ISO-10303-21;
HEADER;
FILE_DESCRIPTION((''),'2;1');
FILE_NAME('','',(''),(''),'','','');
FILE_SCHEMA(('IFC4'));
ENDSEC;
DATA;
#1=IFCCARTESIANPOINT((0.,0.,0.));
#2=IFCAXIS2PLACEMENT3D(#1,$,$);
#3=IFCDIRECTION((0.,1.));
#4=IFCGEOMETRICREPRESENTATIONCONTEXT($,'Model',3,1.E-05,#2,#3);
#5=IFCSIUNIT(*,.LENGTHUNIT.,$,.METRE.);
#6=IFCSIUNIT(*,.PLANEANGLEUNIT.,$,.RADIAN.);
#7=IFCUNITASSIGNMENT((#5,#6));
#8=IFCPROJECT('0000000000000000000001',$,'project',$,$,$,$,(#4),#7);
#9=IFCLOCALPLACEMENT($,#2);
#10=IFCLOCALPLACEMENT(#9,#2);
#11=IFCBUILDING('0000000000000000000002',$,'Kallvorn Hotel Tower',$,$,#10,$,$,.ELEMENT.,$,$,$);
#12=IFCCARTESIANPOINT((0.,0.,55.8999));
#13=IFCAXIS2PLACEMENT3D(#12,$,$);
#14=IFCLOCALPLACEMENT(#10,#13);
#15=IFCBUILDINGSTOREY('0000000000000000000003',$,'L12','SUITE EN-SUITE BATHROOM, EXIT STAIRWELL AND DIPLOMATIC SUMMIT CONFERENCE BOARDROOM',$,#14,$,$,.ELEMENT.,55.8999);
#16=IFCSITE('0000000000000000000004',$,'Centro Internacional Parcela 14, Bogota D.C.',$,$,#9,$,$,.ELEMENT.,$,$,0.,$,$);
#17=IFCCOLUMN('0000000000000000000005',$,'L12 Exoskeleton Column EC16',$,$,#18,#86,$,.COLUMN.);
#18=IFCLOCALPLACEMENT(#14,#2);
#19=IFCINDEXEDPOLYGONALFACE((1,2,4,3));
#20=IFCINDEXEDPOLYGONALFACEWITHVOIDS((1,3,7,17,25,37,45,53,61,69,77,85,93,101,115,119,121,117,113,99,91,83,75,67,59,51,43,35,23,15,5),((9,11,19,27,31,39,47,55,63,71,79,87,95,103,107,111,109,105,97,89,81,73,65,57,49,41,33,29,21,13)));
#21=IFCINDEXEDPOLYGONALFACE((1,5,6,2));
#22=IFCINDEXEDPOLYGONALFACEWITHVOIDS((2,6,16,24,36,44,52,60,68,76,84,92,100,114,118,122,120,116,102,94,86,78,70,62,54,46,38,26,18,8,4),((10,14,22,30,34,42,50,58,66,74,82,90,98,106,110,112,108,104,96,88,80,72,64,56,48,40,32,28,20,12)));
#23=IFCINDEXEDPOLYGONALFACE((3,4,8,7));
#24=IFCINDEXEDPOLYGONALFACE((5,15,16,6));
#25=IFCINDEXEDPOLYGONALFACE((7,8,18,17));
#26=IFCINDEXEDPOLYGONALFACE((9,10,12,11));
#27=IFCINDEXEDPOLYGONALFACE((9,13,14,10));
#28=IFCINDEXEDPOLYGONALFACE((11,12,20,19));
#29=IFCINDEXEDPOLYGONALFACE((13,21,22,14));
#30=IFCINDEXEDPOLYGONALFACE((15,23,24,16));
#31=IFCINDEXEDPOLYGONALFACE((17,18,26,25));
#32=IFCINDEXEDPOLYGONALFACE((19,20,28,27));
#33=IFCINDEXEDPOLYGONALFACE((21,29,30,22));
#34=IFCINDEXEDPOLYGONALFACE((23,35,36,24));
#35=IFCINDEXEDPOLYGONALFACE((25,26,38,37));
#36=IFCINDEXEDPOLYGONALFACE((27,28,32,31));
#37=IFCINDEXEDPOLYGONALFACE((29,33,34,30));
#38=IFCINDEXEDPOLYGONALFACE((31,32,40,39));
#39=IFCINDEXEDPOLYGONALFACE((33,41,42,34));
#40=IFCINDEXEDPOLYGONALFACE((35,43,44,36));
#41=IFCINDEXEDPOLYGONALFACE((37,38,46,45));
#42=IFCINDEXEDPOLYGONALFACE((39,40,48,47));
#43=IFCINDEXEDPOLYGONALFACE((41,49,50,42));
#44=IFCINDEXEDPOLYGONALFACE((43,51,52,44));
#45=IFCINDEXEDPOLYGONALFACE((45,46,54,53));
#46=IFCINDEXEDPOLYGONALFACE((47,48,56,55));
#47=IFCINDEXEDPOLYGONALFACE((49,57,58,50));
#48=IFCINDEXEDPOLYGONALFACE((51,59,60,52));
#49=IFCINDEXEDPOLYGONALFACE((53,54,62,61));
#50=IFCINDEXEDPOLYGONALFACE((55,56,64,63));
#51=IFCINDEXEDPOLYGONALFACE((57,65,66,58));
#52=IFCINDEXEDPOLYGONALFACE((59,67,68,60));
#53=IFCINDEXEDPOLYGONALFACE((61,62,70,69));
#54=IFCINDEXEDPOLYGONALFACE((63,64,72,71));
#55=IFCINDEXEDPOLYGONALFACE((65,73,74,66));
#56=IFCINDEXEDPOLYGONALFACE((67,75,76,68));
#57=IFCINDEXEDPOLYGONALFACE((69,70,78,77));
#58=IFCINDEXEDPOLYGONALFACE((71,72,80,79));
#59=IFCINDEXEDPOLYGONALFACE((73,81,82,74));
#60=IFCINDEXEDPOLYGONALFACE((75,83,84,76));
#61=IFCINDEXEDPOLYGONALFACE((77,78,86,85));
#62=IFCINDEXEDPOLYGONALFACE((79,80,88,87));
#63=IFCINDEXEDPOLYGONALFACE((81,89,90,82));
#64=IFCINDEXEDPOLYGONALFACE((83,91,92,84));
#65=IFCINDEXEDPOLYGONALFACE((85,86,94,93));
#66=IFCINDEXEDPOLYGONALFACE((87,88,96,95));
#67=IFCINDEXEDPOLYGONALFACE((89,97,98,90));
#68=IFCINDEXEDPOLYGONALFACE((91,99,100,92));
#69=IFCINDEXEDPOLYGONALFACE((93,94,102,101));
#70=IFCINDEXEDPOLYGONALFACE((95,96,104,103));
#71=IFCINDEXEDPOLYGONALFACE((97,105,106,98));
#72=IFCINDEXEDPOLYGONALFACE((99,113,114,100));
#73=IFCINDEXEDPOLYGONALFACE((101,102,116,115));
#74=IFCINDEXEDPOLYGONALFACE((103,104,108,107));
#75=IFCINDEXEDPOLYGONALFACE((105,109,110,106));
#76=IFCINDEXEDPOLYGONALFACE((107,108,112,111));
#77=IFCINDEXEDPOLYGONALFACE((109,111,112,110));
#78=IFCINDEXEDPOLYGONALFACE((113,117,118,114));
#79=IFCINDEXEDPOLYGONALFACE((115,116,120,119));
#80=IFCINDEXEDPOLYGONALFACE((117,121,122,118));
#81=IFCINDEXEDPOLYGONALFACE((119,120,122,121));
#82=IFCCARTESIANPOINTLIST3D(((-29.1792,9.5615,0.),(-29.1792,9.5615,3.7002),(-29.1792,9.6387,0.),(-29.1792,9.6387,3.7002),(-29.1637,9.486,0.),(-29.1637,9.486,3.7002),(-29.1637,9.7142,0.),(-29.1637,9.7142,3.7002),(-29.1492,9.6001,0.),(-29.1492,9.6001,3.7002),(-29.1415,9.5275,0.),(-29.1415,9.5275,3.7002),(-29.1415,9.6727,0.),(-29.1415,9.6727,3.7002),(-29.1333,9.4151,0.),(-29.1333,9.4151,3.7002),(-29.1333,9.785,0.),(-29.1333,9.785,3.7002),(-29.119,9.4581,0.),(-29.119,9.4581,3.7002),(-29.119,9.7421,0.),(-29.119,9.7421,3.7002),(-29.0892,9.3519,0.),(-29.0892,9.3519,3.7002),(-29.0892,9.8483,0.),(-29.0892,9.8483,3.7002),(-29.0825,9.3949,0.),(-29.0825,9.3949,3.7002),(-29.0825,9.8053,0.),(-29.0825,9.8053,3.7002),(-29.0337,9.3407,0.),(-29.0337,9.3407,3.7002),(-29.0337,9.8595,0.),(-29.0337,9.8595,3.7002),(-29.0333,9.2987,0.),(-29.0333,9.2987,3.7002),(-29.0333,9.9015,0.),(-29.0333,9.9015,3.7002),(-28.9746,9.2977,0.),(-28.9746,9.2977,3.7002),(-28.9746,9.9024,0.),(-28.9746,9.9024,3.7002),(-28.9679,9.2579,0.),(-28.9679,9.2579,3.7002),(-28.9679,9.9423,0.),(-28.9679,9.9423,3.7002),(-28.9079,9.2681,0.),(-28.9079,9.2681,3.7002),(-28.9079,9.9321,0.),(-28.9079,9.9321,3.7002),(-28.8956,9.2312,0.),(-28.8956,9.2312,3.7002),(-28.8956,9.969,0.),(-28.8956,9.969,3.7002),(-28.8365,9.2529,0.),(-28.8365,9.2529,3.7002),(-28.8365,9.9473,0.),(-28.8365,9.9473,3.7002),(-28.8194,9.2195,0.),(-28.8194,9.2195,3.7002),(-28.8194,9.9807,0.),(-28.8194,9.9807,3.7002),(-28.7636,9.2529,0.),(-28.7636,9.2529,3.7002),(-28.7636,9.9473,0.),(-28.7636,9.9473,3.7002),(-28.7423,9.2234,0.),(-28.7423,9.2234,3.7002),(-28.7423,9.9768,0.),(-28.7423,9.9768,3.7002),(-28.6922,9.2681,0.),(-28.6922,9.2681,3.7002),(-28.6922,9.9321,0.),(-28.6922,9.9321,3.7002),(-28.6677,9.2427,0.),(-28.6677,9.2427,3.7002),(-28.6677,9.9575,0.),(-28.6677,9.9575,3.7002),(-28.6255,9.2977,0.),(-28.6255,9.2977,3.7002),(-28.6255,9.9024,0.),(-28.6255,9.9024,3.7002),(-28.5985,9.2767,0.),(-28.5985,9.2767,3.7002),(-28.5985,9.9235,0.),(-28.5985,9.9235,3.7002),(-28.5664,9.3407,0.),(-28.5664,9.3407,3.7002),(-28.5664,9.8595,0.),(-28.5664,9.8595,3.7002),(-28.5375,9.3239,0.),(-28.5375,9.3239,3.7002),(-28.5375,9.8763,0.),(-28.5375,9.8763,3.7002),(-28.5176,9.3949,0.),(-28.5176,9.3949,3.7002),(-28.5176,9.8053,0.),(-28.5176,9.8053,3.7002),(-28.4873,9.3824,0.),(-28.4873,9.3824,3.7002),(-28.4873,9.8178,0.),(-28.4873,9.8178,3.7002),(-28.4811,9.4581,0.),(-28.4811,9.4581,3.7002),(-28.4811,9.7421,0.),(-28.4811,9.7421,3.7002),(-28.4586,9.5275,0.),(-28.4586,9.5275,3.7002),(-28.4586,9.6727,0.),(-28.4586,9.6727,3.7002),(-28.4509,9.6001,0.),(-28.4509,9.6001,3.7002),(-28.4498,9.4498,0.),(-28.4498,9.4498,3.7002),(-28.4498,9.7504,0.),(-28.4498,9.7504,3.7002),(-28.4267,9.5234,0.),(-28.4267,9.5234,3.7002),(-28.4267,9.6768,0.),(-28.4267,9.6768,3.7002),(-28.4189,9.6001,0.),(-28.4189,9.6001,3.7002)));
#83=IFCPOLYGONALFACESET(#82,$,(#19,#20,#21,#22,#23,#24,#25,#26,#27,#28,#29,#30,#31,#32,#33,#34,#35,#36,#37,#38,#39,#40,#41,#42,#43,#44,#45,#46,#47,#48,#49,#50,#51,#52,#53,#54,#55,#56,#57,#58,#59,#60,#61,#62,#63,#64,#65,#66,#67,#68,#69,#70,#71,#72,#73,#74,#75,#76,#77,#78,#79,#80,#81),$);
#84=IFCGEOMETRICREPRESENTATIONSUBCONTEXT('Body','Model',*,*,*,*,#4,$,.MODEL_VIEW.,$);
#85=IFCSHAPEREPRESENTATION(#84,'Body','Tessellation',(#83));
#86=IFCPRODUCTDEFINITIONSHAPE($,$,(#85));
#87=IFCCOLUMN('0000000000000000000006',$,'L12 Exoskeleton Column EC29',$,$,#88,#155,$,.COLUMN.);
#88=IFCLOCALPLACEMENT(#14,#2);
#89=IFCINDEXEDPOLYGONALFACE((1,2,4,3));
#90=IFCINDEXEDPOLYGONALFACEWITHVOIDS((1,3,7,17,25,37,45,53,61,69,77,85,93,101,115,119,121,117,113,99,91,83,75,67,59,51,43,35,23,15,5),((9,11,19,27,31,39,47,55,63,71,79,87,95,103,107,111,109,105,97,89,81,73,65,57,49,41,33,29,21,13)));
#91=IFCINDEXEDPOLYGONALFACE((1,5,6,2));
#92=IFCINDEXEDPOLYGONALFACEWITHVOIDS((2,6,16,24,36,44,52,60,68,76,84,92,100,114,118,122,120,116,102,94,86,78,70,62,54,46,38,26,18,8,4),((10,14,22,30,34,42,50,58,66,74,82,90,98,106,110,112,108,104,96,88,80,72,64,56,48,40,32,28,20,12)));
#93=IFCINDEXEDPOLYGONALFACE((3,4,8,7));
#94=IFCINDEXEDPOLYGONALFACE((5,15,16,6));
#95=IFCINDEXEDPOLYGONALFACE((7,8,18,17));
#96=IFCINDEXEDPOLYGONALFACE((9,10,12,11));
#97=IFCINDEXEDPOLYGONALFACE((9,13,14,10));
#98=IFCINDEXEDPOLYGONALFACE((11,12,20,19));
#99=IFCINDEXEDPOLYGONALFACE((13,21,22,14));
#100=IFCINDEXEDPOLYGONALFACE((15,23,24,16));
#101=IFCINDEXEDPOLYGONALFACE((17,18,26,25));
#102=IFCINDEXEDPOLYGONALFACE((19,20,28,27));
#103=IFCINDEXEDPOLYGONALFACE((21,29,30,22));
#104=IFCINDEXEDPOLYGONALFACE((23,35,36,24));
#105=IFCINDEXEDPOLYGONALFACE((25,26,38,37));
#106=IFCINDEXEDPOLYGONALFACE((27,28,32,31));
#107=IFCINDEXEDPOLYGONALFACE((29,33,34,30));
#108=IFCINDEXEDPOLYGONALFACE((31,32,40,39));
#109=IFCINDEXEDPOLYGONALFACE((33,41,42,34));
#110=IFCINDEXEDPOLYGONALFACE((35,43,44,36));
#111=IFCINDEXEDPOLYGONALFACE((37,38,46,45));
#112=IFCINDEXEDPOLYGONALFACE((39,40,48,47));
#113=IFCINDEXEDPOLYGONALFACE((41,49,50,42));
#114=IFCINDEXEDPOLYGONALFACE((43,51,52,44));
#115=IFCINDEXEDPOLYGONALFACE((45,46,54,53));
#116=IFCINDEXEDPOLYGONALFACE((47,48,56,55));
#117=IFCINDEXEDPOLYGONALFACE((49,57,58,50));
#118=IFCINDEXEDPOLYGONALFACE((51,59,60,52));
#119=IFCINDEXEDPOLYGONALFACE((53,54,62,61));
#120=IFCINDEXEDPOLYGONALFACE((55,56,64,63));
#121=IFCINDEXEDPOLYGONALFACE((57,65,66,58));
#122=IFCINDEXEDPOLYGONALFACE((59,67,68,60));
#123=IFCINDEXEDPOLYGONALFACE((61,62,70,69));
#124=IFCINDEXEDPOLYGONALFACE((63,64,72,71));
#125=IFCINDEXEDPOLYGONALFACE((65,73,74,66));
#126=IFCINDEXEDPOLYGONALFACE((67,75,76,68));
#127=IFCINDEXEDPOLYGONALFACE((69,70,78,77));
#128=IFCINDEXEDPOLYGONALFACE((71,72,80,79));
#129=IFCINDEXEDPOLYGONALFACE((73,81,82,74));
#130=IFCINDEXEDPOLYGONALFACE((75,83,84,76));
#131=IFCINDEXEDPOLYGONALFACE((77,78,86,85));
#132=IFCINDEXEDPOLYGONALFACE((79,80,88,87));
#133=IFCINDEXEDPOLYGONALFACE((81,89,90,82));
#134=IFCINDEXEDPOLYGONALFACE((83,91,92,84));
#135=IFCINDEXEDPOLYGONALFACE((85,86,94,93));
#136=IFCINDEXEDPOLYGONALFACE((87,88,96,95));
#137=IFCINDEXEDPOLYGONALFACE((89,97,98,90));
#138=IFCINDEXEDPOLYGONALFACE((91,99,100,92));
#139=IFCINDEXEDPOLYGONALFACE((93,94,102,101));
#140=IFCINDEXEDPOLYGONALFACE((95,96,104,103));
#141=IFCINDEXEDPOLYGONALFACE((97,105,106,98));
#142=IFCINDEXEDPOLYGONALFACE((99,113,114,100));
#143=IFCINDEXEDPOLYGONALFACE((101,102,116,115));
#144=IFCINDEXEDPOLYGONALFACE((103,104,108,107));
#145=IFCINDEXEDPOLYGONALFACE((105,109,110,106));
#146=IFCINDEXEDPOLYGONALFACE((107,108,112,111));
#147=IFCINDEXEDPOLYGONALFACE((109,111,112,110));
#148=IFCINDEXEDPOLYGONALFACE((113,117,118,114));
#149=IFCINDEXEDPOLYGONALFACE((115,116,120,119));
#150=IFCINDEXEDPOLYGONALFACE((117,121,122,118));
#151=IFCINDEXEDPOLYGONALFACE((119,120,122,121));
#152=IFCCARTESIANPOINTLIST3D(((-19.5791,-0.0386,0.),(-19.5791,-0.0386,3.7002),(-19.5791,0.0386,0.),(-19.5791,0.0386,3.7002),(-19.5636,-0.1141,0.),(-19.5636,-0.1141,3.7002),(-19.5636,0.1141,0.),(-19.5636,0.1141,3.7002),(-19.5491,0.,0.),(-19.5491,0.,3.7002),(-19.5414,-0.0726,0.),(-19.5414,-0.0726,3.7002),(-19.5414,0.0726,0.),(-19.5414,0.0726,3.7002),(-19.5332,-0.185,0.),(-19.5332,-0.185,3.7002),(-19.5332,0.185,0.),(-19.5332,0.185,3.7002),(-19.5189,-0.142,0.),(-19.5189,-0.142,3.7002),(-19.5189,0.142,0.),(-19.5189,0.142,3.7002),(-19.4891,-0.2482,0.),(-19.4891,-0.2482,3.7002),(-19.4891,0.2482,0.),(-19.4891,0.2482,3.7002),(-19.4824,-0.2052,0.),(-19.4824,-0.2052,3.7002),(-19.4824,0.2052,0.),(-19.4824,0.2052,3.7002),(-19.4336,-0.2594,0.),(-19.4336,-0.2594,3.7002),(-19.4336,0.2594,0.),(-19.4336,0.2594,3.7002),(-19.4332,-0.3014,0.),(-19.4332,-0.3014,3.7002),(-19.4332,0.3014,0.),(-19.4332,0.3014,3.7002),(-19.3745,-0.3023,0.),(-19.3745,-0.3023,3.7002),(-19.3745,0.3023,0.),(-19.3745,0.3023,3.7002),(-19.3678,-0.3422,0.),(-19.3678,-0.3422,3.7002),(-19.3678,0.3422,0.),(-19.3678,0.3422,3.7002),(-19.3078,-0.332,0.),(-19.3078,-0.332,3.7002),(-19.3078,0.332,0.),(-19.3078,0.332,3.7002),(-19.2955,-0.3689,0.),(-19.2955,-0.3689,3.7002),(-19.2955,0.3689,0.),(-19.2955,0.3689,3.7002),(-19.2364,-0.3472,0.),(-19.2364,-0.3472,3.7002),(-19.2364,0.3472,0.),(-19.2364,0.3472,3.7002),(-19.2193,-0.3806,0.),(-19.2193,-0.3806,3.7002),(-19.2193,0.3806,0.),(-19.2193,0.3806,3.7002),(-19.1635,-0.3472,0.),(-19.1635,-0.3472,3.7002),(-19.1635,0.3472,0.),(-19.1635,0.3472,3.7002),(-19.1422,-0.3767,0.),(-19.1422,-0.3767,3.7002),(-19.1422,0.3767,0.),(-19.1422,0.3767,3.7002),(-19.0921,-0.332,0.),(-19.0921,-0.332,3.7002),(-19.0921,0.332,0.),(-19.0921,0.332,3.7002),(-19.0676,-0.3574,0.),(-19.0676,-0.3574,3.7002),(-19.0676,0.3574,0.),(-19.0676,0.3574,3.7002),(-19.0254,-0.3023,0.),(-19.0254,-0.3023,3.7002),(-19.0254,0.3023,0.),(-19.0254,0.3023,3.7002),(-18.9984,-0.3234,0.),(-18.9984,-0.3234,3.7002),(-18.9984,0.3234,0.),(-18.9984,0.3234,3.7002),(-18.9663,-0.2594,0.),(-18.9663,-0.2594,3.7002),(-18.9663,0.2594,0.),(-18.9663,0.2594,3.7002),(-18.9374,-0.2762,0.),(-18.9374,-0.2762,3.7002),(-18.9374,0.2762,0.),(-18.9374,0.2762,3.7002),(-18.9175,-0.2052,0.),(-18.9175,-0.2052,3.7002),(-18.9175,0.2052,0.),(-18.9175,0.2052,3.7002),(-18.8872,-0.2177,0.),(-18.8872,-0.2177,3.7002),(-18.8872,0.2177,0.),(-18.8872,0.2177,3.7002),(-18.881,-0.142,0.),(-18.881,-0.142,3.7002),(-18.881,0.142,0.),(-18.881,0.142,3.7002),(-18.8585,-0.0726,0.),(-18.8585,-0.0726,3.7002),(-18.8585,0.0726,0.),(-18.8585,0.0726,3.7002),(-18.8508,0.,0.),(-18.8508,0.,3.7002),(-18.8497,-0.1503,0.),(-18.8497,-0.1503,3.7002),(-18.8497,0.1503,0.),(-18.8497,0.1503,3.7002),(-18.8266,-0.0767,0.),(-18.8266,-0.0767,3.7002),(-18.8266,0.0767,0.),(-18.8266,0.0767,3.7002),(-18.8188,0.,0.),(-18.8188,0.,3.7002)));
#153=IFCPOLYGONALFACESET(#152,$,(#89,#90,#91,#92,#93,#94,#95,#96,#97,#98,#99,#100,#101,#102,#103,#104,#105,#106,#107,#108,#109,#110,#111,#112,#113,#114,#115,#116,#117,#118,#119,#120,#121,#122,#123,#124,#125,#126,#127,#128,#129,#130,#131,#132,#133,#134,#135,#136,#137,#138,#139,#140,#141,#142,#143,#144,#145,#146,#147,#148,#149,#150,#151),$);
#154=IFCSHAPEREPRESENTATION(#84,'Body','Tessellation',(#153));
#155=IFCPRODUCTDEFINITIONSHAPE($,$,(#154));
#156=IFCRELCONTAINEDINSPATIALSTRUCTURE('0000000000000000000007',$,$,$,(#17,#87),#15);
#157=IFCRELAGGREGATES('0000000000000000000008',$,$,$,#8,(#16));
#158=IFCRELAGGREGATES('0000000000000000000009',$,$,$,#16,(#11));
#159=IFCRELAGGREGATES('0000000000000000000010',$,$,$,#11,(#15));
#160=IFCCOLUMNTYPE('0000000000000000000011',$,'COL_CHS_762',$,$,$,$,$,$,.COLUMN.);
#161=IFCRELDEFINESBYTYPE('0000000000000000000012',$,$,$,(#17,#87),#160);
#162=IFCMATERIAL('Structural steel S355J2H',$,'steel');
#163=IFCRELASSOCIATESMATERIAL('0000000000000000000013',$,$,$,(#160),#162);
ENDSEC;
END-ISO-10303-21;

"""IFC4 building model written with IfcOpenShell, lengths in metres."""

from ifc_helpers import new_model, si_unit, direction, frame, origin, origin_2d, place, context, subcontext, project, spatial, hollow_circle, extrude, material, material_profile, profile_set, type_object, element, save


model = new_model("IFC4")

# Units and contexts
model_context = context("Model", 3, precision=1e-05, world=origin(), true_north=direction((0.0, 1.0)))
body_context = subcontext(model_context, "Body", "Model", "MODEL_VIEW")
ifc_project = project(units=[si_unit("LENGTHUNIT", "METRE"), si_unit("PLANEANGLEUNIT", "RADIAN")], contexts=[model_context])

# Site, building, storey
site_placement = place(None, origin())
site = spatial("IfcSite", under=ifc_project, at=site_placement, Name="Centro Internacional Parcela 14, Bogota D.C.", CompositionType="ELEMENT", RefElevation=0.0)
building_placement = place(site_placement, origin())
building = spatial("IfcBuilding", under=site, at=building_placement, Name="Kallvorn Hotel Tower", CompositionType="ELEMENT")
storey_placement = place(building_placement, frame((0.0, 0.0, 55.8999)))
storey = spatial("IfcBuildingStorey", under=building, at=storey_placement, Name="L12", Description="SUITE EN-SUITE BATHROOM, EXIT STAIRWELL AND DIPLOMATIC SUMMIT CONFERENCE BOARDROOM", CompositionType="ELEMENT", Elevation=55.8999)

# Columns
ifc_material_1 = material(Name="Structural steel S355J2H", Category="steel")
ifc_material_profile_1 = material_profile(ifc_material_1, hollow_circle(Radius=0.3811, WallThickness=0.032, at=origin_2d()), Name="CHS 762x32")
ifc_profile_set_1 = profile_set([ifc_material_profile_1], Name="Structural steel S355J2H")
column_type_1 = type_object("IfcColumnType", Name="COL_CHS_762", PredefinedType="COLUMN", material=ifc_profile_set_1)
for number, where, z_axis, x_axis, name in (
    (1, (-28.8, 9.6001, 0.0), (0.0, 0.0, 1.0), (1.0, 0.0, 0.0), "L12 Exoskeleton Column EC16"),
    (2, (-19.2, 0.0, 0.0), (0.0, 0.0, 1.0), (1.0, 0.0, 0.0), "L12 Exoskeleton Column EC29"),
):
    element("IfcColumn", number, at=place(storey_placement, frame(where, z_axis=z_axis, x_axis=x_axis)), inside=storey, type_object=column_type_1, Name=name, PredefinedType="COLUMN", context=body_context, shape_type="SweptSolid", body=[
        extrude(hollow_circle(Radius=0.3811, WallThickness=0.032, at=origin_2d()), origin(), (0.0, 0.0, 1.0), 3.7002),
    ])

save(model, "model.ifc")
